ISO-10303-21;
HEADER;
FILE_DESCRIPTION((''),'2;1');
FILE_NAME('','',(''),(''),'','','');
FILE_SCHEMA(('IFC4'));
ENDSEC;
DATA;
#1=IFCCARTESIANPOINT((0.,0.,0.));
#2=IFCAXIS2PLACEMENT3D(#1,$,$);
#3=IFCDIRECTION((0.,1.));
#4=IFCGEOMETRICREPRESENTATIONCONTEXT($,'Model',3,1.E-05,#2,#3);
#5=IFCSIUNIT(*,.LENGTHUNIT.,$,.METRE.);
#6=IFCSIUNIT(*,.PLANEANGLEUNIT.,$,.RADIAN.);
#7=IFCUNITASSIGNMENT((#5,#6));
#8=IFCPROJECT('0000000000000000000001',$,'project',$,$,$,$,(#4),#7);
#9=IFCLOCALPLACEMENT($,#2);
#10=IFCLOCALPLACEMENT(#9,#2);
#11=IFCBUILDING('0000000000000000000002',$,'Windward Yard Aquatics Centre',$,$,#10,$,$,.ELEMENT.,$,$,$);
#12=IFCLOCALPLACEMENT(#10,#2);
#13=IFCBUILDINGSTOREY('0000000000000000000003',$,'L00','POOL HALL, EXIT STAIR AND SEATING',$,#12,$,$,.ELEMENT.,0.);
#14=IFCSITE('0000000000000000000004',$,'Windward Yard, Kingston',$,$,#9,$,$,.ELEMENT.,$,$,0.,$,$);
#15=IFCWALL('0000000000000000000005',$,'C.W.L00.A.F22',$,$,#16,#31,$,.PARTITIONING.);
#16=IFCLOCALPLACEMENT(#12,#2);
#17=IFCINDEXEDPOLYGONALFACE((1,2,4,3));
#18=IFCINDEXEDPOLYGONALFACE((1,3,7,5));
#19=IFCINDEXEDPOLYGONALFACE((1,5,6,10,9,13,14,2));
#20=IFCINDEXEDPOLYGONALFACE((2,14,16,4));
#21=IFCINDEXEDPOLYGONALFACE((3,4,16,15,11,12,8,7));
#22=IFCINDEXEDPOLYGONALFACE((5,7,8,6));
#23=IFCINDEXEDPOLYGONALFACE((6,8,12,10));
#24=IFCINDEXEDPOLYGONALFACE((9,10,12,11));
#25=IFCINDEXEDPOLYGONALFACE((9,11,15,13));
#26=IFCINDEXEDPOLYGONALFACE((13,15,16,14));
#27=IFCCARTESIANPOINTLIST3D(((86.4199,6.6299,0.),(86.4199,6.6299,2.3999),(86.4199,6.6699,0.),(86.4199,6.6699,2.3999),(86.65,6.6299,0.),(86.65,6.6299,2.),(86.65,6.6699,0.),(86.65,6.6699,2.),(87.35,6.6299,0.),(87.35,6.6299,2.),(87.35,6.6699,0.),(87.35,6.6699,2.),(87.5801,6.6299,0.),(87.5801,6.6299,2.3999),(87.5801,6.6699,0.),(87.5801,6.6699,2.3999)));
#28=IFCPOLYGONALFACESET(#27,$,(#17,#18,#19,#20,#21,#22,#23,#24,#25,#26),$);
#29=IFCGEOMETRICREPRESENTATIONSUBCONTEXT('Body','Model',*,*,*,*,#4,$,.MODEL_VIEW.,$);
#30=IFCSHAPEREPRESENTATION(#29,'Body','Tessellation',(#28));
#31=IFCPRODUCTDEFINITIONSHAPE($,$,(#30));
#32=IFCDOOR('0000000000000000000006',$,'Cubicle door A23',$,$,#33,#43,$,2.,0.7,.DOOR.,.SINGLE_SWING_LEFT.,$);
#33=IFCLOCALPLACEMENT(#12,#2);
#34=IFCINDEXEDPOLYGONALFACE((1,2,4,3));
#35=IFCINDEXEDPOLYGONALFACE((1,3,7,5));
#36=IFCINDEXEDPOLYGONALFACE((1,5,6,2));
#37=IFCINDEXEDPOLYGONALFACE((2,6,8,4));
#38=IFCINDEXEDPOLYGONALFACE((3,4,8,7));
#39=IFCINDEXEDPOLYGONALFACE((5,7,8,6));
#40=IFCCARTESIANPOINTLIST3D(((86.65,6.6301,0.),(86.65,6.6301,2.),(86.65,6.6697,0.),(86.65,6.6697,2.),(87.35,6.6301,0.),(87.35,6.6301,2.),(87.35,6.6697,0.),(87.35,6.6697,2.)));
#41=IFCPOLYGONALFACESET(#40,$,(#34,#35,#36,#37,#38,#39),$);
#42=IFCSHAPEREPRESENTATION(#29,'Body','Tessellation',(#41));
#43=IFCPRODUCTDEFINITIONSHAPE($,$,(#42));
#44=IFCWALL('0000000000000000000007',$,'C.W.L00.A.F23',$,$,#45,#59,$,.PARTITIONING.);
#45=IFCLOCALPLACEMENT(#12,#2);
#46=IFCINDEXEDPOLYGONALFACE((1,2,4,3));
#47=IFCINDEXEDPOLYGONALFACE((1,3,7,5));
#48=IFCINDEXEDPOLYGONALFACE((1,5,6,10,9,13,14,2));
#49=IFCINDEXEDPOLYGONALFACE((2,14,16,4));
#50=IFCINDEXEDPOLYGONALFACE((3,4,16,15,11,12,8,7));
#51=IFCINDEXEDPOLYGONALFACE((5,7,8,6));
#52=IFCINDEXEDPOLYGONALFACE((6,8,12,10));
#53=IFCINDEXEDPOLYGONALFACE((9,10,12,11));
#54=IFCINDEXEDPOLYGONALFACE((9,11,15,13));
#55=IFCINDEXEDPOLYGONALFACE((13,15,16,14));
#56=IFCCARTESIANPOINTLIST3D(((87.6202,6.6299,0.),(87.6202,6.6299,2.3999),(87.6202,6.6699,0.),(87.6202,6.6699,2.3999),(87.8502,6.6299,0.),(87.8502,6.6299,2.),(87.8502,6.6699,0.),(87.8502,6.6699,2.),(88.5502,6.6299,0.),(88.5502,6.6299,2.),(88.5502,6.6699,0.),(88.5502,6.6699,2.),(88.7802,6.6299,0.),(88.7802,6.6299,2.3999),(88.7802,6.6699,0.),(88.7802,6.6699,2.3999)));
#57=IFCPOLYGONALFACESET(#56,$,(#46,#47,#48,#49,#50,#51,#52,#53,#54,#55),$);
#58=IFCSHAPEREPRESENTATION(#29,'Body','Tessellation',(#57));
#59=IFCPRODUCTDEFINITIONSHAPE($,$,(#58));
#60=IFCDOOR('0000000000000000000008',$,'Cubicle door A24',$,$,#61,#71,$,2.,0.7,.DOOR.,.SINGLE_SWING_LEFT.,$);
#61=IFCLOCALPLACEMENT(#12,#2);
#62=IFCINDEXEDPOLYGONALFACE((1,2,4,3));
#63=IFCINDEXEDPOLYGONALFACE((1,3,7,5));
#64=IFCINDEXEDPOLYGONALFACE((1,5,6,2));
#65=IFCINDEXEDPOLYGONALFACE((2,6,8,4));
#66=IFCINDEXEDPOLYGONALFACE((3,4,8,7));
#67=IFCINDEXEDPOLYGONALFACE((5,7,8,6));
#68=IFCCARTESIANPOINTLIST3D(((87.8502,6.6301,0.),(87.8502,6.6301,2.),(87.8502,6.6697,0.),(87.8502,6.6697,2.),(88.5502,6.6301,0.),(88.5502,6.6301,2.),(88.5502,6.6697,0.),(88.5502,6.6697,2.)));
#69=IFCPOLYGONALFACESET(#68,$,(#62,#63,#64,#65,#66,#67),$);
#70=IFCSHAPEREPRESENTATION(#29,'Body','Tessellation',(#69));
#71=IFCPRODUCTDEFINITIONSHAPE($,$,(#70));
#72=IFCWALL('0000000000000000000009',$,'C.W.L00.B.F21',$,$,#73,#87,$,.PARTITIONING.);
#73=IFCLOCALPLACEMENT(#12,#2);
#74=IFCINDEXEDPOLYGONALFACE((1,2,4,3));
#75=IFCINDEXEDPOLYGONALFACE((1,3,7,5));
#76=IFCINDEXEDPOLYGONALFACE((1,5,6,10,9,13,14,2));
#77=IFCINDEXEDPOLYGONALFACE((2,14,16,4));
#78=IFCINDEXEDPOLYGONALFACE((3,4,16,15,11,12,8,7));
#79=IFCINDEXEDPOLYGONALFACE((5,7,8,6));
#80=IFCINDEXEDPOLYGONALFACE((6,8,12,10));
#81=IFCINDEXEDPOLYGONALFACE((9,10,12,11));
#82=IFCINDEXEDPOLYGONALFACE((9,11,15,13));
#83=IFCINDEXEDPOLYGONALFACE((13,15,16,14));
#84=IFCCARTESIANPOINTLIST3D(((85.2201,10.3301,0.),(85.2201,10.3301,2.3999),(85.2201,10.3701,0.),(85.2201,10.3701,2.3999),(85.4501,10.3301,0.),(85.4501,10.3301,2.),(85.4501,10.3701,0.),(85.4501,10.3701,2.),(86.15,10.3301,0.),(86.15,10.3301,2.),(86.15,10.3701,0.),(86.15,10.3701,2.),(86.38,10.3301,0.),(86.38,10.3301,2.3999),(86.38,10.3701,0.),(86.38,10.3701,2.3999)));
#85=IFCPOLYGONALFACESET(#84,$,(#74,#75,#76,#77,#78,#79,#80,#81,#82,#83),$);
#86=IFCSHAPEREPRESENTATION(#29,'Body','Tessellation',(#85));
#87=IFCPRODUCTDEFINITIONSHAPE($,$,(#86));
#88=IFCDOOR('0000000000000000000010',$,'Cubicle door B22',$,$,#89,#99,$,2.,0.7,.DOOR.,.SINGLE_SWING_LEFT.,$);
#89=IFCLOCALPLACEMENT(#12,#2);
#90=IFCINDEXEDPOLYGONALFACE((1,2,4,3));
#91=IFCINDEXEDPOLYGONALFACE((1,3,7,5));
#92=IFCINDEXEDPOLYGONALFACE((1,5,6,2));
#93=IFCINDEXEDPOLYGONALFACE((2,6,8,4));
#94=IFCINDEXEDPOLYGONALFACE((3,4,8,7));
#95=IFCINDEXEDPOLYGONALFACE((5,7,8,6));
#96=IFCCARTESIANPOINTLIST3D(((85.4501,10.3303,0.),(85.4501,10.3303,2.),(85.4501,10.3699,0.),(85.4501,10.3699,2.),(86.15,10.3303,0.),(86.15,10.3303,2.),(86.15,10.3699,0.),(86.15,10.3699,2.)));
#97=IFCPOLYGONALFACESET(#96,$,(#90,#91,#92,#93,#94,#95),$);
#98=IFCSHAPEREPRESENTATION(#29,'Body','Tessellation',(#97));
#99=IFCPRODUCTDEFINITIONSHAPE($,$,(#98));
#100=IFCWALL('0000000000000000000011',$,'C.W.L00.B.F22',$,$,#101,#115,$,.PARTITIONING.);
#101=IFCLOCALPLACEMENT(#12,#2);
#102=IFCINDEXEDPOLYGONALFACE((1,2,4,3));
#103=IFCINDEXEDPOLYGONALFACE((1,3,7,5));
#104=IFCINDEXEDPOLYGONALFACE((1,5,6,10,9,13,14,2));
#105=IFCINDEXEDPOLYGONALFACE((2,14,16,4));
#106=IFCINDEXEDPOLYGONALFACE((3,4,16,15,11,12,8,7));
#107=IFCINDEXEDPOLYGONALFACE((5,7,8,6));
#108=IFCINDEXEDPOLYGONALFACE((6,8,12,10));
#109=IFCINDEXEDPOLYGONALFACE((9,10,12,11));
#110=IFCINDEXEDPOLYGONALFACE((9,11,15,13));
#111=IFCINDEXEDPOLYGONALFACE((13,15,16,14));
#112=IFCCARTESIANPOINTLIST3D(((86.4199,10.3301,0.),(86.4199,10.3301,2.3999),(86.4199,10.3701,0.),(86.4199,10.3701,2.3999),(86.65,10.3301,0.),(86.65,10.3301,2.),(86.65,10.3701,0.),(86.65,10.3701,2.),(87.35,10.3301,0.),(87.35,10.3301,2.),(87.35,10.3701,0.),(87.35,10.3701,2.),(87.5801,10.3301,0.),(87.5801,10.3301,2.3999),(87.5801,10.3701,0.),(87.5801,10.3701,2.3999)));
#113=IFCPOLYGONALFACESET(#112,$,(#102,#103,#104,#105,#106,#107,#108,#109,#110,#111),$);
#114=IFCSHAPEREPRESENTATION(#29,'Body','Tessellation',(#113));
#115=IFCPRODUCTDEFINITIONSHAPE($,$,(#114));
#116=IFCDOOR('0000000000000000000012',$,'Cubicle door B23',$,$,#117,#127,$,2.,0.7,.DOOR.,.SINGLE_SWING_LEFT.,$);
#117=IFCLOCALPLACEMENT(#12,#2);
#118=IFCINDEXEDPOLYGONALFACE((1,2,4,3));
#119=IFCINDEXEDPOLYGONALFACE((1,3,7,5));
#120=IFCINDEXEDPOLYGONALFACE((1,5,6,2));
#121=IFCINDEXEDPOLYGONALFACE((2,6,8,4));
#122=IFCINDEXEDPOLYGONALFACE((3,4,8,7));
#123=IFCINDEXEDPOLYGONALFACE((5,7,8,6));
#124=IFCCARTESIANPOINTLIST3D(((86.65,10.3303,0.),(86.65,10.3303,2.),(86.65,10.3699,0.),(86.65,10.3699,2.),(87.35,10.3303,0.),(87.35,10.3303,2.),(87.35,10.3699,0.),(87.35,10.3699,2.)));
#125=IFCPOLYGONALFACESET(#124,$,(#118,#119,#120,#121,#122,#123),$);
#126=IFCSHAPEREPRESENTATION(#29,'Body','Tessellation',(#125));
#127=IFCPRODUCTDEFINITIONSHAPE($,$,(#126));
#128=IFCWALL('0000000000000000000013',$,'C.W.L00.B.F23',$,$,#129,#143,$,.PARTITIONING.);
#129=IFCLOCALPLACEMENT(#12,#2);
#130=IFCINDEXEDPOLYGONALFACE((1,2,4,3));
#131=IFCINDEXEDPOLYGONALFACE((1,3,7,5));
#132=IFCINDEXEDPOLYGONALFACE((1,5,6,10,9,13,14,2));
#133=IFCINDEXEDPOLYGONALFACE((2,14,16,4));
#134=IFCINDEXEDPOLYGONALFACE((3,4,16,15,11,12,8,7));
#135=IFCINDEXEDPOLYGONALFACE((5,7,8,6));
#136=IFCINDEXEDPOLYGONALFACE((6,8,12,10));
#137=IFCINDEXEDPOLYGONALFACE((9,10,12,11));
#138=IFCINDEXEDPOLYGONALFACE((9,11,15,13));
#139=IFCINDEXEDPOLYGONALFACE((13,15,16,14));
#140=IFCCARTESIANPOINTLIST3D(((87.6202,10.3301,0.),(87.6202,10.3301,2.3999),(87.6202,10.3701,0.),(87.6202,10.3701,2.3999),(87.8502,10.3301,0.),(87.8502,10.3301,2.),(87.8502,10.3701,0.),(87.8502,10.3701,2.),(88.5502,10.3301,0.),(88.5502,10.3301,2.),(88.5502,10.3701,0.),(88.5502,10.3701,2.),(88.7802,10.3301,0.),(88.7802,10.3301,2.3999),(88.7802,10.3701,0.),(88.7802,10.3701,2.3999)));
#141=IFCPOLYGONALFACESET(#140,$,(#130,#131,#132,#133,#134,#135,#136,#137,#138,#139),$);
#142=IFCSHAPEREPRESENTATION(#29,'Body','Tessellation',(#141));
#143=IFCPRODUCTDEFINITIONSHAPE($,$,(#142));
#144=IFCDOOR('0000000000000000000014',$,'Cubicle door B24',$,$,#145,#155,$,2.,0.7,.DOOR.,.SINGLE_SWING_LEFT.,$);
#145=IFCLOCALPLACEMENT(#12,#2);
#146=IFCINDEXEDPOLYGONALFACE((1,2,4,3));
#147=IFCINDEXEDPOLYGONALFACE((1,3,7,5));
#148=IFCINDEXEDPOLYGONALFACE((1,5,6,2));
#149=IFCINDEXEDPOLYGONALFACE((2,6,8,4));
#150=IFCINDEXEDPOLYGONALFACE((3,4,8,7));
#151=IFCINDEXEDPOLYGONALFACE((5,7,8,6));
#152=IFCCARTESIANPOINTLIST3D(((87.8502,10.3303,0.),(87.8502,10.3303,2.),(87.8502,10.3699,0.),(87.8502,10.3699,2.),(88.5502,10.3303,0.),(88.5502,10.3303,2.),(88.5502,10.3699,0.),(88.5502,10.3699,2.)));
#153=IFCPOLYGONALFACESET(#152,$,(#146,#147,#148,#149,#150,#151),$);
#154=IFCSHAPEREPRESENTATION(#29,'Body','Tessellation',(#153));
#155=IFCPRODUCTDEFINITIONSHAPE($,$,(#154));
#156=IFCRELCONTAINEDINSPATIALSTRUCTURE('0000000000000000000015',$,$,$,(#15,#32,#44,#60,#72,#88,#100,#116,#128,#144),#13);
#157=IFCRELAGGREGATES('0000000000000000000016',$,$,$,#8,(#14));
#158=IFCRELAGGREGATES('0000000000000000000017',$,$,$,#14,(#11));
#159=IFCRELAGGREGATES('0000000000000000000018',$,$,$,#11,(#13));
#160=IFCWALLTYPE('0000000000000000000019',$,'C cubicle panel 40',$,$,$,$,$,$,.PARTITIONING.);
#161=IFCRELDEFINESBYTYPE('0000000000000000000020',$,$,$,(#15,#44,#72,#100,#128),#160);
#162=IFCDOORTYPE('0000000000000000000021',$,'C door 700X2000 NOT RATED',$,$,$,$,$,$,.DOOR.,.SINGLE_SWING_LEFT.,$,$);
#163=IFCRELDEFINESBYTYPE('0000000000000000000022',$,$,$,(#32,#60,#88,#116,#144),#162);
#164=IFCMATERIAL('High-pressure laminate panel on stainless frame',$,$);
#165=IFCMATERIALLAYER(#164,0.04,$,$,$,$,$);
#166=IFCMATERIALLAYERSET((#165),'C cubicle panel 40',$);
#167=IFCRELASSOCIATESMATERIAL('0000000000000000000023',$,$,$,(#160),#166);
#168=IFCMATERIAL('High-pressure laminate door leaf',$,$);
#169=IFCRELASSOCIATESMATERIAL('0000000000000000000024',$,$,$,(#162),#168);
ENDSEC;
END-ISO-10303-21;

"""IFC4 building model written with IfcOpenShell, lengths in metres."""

from ifc_helpers import new_model, si_unit, direction, frame, frame_2d, origin, place, context, subcontext, project, spatial, rectangle, extrude, material, layer, layer_set, type_object, element, fill, save


model = new_model("IFC4")

# Units and contexts
model_context = context("Model", 3, precision=1e-05, world=origin(), true_north=direction((0.0, 1.0)))
body_context = subcontext(model_context, "Body", "Model", "MODEL_VIEW")
ifc_project = project(units=[si_unit("LENGTHUNIT", "METRE"), si_unit("PLANEANGLEUNIT", "RADIAN")], contexts=[model_context])

# Site, building, storey
site_placement = place(None, origin())
site = spatial("IfcSite", under=ifc_project, at=site_placement, Name="Windward Yard, Kingston", CompositionType="ELEMENT", RefElevation=0.0)
building_placement = place(site_placement, origin())
building = spatial("IfcBuilding", under=site, at=building_placement, Name="Windward Yard Aquatics Centre", CompositionType="ELEMENT")
storey_placement = place(building_placement, origin())
storey = spatial("IfcBuildingStorey", under=building, at=storey_placement, Name="L00", Description="POOL HALL, EXIT STAIR AND SEATING", CompositionType="ELEMENT", Elevation=0.0)

# Shared definitions
ifc_material_1 = material(Name="High-pressure laminate panel on stainless frame")
ifc_layer_1 = layer(ifc_material_1, 0.04)
ifc_layer_set_1 = layer_set([ifc_layer_1], Name="C cubicle panel 40")
wall_type_1 = type_object("IfcWallType", Name="C cubicle panel 40", PredefinedType="PARTITIONING", material=ifc_layer_set_1)

# Walls, openings, doors
ifc_material_2 = material(Name="High-pressure laminate door leaf")
door_type = type_object("IfcDoorType", Name="C door 700X2000 NOT RATED", OperationType="SINGLE_SWING_LEFT", PredefinedType="DOOR", material=ifc_material_2)
wall_1_placement = place(storey_placement, frame((86.4199, 6.6499, 0.0), z_axis=(0.0, 0.0, 1.0), x_axis=(1.0, 0.0, 0.0)))
wall_1 = element("IfcWall", 1, at=wall_1_placement, inside=storey, type_object=wall_type_1, Name="C.W.L00.A.F22", PredefinedType="PARTITIONING", context=body_context, shape_type="SweptSolid", body=[
    extrude(rectangle(XDim=1.1602, YDim=0.04, at=frame_2d((0.5801, 0.0))), origin(), (0.0, 0.0, 1.0), 2.3999),
])
opening_1_placement = place(wall_1_placement, frame((0.23, 0.0, 0.0)))
opening_1 = element("IfcOpeningElement", 2, at=opening_1_placement, cuts=wall_1, PredefinedType="OPENING", context=body_context, shape_type="SweptSolid", body=[
    extrude(rectangle(XDim=0.7, YDim=2.0, at=frame_2d((0.3501, 1.0))), frame((0.0, 0.03, 0.0), z_axis=(0.0, -1.0, 0.0), x_axis=(1.0, 0.0, 0.0)), (0.0, 0.0, 1.0), 0.0601),
])
door_1_placement = place(opening_1_placement, origin())
door_1 = element("IfcDoor", 3, at=door_1_placement, inside=storey, type_object=door_type, Name="Cubicle door A23", OperationType="SINGLE_SWING_LEFT", OverallHeight=2.0, OverallWidth=0.7, PredefinedType="DOOR", context=body_context, shape_type="SweptSolid", body=[
    extrude(rectangle(XDim=0.7, YDim=2.0, at=frame_2d((0.3501, 1.0))), frame((0.0, 0.0198, 0.0), z_axis=(0.0, -1.0, 0.0), x_axis=(1.0, 0.0, 0.0)), (0.0, 0.0, 1.0), 0.0396),
])
fill(opening_1, door_1)
wall_2_placement = place(storey_placement, frame((87.6201, 6.6499, 0.0), z_axis=(0.0, 0.0, 1.0), x_axis=(1.0, 0.0, 0.0)))
wall_2 = element("IfcWall", 4, at=wall_2_placement, inside=storey, type_object=wall_type_1, Name="C.W.L00.A.F23", PredefinedType="PARTITIONING", context=body_context, shape_type="SweptSolid", body=[
    extrude(rectangle(XDim=1.1599, YDim=0.04, at=frame_2d((0.5801, 0.0))), origin(), (0.0, 0.0, 1.0), 2.3999),
])
opening_2_placement = place(wall_2_placement, frame((0.23, 0.0, 0.0)))
opening_2 = element("IfcOpeningElement", 5, at=opening_2_placement, cuts=wall_2, PredefinedType="OPENING", context=body_context, shape_type="SweptSolid", body=[
    extrude(rectangle(XDim=0.7, YDim=2.0, at=frame_2d((0.3501, 1.0))), frame((0.0, 0.03, 0.0), z_axis=(0.0, -1.0, 0.0), x_axis=(1.0, 0.0, 0.0)), (0.0, 0.0, 1.0), 0.0601),
])
door_2_placement = place(opening_2_placement, origin())
door_2 = element("IfcDoor", 6, at=door_2_placement, inside=storey, type_object=door_type, Name="Cubicle door A24", OperationType="SINGLE_SWING_LEFT", OverallHeight=2.0, OverallWidth=0.7, PredefinedType="DOOR", context=body_context, shape_type="SweptSolid", body=[
    extrude(rectangle(XDim=0.7, YDim=2.0, at=frame_2d((0.3501, 1.0))), frame((0.0, 0.0198, 0.0), z_axis=(0.0, -1.0, 0.0), x_axis=(1.0, 0.0, 0.0)), (0.0, 0.0, 1.0), 0.0396),
])
fill(opening_2, door_2)
wall_3_placement = place(storey_placement, frame((85.22, 10.3501, 0.0), z_axis=(0.0, 0.0, 1.0), x_axis=(1.0, 0.0, 0.0)))
wall_3 = element("IfcWall", 7, at=wall_3_placement, inside=storey, type_object=wall_type_1, Name="C.W.L00.B.F21", PredefinedType="PARTITIONING", context=body_context, shape_type="SweptSolid", body=[
    extrude(rectangle(XDim=1.1599, YDim=0.04, at=frame_2d((0.5801, 0.0))), origin(), (0.0, 0.0, 1.0), 2.3999),
])
opening_3_placement = place(wall_3_placement, frame((0.23, 0.0, 0.0)))
opening_3 = element("IfcOpeningElement", 8, at=opening_3_placement, cuts=wall_3, PredefinedType="OPENING", context=body_context, shape_type="SweptSolid", body=[
    extrude(rectangle(XDim=0.7, YDim=2.0, at=frame_2d((0.3501, 1.0))), frame((0.0, 0.03, 0.0), z_axis=(0.0, -1.0, 0.0), x_axis=(1.0, 0.0, 0.0)), (0.0, 0.0, 1.0), 0.0601),
])
door_3_placement = place(opening_3_placement, origin())
door_3 = element("IfcDoor", 9, at=door_3_placement, inside=storey, type_object=door_type, Name="Cubicle door B22", OperationType="SINGLE_SWING_LEFT", OverallHeight=2.0, OverallWidth=0.7, PredefinedType="DOOR", context=body_context, shape_type="SweptSolid", body=[
    extrude(rectangle(XDim=0.7, YDim=2.0, at=frame_2d((0.3501, 1.0))), frame((0.0, 0.0198, 0.0), z_axis=(0.0, -1.0, 0.0), x_axis=(1.0, 0.0, 0.0)), (0.0, 0.0, 1.0), 0.0396),
])
fill(opening_3, door_3)
wall_4_placement = place(storey_placement, frame((86.4199, 10.3501, 0.0), z_axis=(0.0, 0.0, 1.0), x_axis=(1.0, 0.0, 0.0)))
wall_4 = element("IfcWall", 10, at=wall_4_placement, inside=storey, type_object=wall_type_1, Name="C.W.L00.B.F22", PredefinedType="PARTITIONING", context=body_context, shape_type="SweptSolid", body=[
    extrude(rectangle(XDim=1.1602, YDim=0.04, at=frame_2d((0.5801, 0.0))), origin(), (0.0, 0.0, 1.0), 2.3999),
])
opening_4_placement = place(wall_4_placement, frame((0.23, 0.0, 0.0)))
opening_4 = element("IfcOpeningElement", 11, at=opening_4_placement, cuts=wall_4, PredefinedType="OPENING", context=body_context, shape_type="SweptSolid", body=[
    extrude(rectangle(XDim=0.7, YDim=2.0, at=frame_2d((0.3501, 1.0))), frame((0.0, 0.03, 0.0), z_axis=(0.0, -1.0, 0.0), x_axis=(1.0, 0.0, 0.0)), (0.0, 0.0, 1.0), 0.0601),
])
door_4_placement = place(opening_4_placement, origin())
door_4 = element("IfcDoor", 12, at=door_4_placement, inside=storey, type_object=door_type, Name="Cubicle door B23", OperationType="SINGLE_SWING_LEFT", OverallHeight=2.0, OverallWidth=0.7, PredefinedType="DOOR", context=body_context, shape_type="SweptSolid", body=[
    extrude(rectangle(XDim=0.7, YDim=2.0, at=frame_2d((0.3501, 1.0))), frame((0.0, 0.0198, 0.0), z_axis=(0.0, -1.0, 0.0), x_axis=(1.0, 0.0, 0.0)), (0.0, 0.0, 1.0), 0.0396),
])
fill(opening_4, door_4)
wall_5_placement = place(storey_placement, frame((87.6201, 10.3501, 0.0), z_axis=(0.0, 0.0, 1.0), x_axis=(1.0, 0.0, 0.0)))
wall_5 = element("IfcWall", 13, at=wall_5_placement, inside=storey, type_object=wall_type_1, Name="C.W.L00.B.F23", PredefinedType="PARTITIONING", context=body_context, shape_type="SweptSolid", body=[
    extrude(rectangle(XDim=1.1599, YDim=0.04, at=frame_2d((0.5801, 0.0))), origin(), (0.0, 0.0, 1.0), 2.3999),
])
opening_5_placement = place(wall_5_placement, frame((0.23, 0.0, 0.0)))
opening_5 = element("IfcOpeningElement", 14, at=opening_5_placement, cuts=wall_5, PredefinedType="OPENING", context=body_context, shape_type="SweptSolid", body=[
    extrude(rectangle(XDim=0.7, YDim=2.0, at=frame_2d((0.3501, 1.0))), frame((0.0, 0.03, 0.0), z_axis=(0.0, -1.0, 0.0), x_axis=(1.0, 0.0, 0.0)), (0.0, 0.0, 1.0), 0.0601),
])
door_5_placement = place(opening_5_placement, origin())
door_5 = element("IfcDoor", 15, at=door_5_placement, inside=storey, type_object=door_type, Name="Cubicle door B24", OperationType="SINGLE_SWING_LEFT", OverallHeight=2.0, OverallWidth=0.7, PredefinedType="DOOR", context=body_context, shape_type="SweptSolid", body=[
    extrude(rectangle(XDim=0.7, YDim=2.0, at=frame_2d((0.3501, 1.0))), frame((0.0, 0.0198, 0.0), z_axis=(0.0, -1.0, 0.0), x_axis=(1.0, 0.0, 0.0)), (0.0, 0.0, 1.0), 0.0396),
])
fill(opening_5, door_5)

save(model, "model.ifc")
